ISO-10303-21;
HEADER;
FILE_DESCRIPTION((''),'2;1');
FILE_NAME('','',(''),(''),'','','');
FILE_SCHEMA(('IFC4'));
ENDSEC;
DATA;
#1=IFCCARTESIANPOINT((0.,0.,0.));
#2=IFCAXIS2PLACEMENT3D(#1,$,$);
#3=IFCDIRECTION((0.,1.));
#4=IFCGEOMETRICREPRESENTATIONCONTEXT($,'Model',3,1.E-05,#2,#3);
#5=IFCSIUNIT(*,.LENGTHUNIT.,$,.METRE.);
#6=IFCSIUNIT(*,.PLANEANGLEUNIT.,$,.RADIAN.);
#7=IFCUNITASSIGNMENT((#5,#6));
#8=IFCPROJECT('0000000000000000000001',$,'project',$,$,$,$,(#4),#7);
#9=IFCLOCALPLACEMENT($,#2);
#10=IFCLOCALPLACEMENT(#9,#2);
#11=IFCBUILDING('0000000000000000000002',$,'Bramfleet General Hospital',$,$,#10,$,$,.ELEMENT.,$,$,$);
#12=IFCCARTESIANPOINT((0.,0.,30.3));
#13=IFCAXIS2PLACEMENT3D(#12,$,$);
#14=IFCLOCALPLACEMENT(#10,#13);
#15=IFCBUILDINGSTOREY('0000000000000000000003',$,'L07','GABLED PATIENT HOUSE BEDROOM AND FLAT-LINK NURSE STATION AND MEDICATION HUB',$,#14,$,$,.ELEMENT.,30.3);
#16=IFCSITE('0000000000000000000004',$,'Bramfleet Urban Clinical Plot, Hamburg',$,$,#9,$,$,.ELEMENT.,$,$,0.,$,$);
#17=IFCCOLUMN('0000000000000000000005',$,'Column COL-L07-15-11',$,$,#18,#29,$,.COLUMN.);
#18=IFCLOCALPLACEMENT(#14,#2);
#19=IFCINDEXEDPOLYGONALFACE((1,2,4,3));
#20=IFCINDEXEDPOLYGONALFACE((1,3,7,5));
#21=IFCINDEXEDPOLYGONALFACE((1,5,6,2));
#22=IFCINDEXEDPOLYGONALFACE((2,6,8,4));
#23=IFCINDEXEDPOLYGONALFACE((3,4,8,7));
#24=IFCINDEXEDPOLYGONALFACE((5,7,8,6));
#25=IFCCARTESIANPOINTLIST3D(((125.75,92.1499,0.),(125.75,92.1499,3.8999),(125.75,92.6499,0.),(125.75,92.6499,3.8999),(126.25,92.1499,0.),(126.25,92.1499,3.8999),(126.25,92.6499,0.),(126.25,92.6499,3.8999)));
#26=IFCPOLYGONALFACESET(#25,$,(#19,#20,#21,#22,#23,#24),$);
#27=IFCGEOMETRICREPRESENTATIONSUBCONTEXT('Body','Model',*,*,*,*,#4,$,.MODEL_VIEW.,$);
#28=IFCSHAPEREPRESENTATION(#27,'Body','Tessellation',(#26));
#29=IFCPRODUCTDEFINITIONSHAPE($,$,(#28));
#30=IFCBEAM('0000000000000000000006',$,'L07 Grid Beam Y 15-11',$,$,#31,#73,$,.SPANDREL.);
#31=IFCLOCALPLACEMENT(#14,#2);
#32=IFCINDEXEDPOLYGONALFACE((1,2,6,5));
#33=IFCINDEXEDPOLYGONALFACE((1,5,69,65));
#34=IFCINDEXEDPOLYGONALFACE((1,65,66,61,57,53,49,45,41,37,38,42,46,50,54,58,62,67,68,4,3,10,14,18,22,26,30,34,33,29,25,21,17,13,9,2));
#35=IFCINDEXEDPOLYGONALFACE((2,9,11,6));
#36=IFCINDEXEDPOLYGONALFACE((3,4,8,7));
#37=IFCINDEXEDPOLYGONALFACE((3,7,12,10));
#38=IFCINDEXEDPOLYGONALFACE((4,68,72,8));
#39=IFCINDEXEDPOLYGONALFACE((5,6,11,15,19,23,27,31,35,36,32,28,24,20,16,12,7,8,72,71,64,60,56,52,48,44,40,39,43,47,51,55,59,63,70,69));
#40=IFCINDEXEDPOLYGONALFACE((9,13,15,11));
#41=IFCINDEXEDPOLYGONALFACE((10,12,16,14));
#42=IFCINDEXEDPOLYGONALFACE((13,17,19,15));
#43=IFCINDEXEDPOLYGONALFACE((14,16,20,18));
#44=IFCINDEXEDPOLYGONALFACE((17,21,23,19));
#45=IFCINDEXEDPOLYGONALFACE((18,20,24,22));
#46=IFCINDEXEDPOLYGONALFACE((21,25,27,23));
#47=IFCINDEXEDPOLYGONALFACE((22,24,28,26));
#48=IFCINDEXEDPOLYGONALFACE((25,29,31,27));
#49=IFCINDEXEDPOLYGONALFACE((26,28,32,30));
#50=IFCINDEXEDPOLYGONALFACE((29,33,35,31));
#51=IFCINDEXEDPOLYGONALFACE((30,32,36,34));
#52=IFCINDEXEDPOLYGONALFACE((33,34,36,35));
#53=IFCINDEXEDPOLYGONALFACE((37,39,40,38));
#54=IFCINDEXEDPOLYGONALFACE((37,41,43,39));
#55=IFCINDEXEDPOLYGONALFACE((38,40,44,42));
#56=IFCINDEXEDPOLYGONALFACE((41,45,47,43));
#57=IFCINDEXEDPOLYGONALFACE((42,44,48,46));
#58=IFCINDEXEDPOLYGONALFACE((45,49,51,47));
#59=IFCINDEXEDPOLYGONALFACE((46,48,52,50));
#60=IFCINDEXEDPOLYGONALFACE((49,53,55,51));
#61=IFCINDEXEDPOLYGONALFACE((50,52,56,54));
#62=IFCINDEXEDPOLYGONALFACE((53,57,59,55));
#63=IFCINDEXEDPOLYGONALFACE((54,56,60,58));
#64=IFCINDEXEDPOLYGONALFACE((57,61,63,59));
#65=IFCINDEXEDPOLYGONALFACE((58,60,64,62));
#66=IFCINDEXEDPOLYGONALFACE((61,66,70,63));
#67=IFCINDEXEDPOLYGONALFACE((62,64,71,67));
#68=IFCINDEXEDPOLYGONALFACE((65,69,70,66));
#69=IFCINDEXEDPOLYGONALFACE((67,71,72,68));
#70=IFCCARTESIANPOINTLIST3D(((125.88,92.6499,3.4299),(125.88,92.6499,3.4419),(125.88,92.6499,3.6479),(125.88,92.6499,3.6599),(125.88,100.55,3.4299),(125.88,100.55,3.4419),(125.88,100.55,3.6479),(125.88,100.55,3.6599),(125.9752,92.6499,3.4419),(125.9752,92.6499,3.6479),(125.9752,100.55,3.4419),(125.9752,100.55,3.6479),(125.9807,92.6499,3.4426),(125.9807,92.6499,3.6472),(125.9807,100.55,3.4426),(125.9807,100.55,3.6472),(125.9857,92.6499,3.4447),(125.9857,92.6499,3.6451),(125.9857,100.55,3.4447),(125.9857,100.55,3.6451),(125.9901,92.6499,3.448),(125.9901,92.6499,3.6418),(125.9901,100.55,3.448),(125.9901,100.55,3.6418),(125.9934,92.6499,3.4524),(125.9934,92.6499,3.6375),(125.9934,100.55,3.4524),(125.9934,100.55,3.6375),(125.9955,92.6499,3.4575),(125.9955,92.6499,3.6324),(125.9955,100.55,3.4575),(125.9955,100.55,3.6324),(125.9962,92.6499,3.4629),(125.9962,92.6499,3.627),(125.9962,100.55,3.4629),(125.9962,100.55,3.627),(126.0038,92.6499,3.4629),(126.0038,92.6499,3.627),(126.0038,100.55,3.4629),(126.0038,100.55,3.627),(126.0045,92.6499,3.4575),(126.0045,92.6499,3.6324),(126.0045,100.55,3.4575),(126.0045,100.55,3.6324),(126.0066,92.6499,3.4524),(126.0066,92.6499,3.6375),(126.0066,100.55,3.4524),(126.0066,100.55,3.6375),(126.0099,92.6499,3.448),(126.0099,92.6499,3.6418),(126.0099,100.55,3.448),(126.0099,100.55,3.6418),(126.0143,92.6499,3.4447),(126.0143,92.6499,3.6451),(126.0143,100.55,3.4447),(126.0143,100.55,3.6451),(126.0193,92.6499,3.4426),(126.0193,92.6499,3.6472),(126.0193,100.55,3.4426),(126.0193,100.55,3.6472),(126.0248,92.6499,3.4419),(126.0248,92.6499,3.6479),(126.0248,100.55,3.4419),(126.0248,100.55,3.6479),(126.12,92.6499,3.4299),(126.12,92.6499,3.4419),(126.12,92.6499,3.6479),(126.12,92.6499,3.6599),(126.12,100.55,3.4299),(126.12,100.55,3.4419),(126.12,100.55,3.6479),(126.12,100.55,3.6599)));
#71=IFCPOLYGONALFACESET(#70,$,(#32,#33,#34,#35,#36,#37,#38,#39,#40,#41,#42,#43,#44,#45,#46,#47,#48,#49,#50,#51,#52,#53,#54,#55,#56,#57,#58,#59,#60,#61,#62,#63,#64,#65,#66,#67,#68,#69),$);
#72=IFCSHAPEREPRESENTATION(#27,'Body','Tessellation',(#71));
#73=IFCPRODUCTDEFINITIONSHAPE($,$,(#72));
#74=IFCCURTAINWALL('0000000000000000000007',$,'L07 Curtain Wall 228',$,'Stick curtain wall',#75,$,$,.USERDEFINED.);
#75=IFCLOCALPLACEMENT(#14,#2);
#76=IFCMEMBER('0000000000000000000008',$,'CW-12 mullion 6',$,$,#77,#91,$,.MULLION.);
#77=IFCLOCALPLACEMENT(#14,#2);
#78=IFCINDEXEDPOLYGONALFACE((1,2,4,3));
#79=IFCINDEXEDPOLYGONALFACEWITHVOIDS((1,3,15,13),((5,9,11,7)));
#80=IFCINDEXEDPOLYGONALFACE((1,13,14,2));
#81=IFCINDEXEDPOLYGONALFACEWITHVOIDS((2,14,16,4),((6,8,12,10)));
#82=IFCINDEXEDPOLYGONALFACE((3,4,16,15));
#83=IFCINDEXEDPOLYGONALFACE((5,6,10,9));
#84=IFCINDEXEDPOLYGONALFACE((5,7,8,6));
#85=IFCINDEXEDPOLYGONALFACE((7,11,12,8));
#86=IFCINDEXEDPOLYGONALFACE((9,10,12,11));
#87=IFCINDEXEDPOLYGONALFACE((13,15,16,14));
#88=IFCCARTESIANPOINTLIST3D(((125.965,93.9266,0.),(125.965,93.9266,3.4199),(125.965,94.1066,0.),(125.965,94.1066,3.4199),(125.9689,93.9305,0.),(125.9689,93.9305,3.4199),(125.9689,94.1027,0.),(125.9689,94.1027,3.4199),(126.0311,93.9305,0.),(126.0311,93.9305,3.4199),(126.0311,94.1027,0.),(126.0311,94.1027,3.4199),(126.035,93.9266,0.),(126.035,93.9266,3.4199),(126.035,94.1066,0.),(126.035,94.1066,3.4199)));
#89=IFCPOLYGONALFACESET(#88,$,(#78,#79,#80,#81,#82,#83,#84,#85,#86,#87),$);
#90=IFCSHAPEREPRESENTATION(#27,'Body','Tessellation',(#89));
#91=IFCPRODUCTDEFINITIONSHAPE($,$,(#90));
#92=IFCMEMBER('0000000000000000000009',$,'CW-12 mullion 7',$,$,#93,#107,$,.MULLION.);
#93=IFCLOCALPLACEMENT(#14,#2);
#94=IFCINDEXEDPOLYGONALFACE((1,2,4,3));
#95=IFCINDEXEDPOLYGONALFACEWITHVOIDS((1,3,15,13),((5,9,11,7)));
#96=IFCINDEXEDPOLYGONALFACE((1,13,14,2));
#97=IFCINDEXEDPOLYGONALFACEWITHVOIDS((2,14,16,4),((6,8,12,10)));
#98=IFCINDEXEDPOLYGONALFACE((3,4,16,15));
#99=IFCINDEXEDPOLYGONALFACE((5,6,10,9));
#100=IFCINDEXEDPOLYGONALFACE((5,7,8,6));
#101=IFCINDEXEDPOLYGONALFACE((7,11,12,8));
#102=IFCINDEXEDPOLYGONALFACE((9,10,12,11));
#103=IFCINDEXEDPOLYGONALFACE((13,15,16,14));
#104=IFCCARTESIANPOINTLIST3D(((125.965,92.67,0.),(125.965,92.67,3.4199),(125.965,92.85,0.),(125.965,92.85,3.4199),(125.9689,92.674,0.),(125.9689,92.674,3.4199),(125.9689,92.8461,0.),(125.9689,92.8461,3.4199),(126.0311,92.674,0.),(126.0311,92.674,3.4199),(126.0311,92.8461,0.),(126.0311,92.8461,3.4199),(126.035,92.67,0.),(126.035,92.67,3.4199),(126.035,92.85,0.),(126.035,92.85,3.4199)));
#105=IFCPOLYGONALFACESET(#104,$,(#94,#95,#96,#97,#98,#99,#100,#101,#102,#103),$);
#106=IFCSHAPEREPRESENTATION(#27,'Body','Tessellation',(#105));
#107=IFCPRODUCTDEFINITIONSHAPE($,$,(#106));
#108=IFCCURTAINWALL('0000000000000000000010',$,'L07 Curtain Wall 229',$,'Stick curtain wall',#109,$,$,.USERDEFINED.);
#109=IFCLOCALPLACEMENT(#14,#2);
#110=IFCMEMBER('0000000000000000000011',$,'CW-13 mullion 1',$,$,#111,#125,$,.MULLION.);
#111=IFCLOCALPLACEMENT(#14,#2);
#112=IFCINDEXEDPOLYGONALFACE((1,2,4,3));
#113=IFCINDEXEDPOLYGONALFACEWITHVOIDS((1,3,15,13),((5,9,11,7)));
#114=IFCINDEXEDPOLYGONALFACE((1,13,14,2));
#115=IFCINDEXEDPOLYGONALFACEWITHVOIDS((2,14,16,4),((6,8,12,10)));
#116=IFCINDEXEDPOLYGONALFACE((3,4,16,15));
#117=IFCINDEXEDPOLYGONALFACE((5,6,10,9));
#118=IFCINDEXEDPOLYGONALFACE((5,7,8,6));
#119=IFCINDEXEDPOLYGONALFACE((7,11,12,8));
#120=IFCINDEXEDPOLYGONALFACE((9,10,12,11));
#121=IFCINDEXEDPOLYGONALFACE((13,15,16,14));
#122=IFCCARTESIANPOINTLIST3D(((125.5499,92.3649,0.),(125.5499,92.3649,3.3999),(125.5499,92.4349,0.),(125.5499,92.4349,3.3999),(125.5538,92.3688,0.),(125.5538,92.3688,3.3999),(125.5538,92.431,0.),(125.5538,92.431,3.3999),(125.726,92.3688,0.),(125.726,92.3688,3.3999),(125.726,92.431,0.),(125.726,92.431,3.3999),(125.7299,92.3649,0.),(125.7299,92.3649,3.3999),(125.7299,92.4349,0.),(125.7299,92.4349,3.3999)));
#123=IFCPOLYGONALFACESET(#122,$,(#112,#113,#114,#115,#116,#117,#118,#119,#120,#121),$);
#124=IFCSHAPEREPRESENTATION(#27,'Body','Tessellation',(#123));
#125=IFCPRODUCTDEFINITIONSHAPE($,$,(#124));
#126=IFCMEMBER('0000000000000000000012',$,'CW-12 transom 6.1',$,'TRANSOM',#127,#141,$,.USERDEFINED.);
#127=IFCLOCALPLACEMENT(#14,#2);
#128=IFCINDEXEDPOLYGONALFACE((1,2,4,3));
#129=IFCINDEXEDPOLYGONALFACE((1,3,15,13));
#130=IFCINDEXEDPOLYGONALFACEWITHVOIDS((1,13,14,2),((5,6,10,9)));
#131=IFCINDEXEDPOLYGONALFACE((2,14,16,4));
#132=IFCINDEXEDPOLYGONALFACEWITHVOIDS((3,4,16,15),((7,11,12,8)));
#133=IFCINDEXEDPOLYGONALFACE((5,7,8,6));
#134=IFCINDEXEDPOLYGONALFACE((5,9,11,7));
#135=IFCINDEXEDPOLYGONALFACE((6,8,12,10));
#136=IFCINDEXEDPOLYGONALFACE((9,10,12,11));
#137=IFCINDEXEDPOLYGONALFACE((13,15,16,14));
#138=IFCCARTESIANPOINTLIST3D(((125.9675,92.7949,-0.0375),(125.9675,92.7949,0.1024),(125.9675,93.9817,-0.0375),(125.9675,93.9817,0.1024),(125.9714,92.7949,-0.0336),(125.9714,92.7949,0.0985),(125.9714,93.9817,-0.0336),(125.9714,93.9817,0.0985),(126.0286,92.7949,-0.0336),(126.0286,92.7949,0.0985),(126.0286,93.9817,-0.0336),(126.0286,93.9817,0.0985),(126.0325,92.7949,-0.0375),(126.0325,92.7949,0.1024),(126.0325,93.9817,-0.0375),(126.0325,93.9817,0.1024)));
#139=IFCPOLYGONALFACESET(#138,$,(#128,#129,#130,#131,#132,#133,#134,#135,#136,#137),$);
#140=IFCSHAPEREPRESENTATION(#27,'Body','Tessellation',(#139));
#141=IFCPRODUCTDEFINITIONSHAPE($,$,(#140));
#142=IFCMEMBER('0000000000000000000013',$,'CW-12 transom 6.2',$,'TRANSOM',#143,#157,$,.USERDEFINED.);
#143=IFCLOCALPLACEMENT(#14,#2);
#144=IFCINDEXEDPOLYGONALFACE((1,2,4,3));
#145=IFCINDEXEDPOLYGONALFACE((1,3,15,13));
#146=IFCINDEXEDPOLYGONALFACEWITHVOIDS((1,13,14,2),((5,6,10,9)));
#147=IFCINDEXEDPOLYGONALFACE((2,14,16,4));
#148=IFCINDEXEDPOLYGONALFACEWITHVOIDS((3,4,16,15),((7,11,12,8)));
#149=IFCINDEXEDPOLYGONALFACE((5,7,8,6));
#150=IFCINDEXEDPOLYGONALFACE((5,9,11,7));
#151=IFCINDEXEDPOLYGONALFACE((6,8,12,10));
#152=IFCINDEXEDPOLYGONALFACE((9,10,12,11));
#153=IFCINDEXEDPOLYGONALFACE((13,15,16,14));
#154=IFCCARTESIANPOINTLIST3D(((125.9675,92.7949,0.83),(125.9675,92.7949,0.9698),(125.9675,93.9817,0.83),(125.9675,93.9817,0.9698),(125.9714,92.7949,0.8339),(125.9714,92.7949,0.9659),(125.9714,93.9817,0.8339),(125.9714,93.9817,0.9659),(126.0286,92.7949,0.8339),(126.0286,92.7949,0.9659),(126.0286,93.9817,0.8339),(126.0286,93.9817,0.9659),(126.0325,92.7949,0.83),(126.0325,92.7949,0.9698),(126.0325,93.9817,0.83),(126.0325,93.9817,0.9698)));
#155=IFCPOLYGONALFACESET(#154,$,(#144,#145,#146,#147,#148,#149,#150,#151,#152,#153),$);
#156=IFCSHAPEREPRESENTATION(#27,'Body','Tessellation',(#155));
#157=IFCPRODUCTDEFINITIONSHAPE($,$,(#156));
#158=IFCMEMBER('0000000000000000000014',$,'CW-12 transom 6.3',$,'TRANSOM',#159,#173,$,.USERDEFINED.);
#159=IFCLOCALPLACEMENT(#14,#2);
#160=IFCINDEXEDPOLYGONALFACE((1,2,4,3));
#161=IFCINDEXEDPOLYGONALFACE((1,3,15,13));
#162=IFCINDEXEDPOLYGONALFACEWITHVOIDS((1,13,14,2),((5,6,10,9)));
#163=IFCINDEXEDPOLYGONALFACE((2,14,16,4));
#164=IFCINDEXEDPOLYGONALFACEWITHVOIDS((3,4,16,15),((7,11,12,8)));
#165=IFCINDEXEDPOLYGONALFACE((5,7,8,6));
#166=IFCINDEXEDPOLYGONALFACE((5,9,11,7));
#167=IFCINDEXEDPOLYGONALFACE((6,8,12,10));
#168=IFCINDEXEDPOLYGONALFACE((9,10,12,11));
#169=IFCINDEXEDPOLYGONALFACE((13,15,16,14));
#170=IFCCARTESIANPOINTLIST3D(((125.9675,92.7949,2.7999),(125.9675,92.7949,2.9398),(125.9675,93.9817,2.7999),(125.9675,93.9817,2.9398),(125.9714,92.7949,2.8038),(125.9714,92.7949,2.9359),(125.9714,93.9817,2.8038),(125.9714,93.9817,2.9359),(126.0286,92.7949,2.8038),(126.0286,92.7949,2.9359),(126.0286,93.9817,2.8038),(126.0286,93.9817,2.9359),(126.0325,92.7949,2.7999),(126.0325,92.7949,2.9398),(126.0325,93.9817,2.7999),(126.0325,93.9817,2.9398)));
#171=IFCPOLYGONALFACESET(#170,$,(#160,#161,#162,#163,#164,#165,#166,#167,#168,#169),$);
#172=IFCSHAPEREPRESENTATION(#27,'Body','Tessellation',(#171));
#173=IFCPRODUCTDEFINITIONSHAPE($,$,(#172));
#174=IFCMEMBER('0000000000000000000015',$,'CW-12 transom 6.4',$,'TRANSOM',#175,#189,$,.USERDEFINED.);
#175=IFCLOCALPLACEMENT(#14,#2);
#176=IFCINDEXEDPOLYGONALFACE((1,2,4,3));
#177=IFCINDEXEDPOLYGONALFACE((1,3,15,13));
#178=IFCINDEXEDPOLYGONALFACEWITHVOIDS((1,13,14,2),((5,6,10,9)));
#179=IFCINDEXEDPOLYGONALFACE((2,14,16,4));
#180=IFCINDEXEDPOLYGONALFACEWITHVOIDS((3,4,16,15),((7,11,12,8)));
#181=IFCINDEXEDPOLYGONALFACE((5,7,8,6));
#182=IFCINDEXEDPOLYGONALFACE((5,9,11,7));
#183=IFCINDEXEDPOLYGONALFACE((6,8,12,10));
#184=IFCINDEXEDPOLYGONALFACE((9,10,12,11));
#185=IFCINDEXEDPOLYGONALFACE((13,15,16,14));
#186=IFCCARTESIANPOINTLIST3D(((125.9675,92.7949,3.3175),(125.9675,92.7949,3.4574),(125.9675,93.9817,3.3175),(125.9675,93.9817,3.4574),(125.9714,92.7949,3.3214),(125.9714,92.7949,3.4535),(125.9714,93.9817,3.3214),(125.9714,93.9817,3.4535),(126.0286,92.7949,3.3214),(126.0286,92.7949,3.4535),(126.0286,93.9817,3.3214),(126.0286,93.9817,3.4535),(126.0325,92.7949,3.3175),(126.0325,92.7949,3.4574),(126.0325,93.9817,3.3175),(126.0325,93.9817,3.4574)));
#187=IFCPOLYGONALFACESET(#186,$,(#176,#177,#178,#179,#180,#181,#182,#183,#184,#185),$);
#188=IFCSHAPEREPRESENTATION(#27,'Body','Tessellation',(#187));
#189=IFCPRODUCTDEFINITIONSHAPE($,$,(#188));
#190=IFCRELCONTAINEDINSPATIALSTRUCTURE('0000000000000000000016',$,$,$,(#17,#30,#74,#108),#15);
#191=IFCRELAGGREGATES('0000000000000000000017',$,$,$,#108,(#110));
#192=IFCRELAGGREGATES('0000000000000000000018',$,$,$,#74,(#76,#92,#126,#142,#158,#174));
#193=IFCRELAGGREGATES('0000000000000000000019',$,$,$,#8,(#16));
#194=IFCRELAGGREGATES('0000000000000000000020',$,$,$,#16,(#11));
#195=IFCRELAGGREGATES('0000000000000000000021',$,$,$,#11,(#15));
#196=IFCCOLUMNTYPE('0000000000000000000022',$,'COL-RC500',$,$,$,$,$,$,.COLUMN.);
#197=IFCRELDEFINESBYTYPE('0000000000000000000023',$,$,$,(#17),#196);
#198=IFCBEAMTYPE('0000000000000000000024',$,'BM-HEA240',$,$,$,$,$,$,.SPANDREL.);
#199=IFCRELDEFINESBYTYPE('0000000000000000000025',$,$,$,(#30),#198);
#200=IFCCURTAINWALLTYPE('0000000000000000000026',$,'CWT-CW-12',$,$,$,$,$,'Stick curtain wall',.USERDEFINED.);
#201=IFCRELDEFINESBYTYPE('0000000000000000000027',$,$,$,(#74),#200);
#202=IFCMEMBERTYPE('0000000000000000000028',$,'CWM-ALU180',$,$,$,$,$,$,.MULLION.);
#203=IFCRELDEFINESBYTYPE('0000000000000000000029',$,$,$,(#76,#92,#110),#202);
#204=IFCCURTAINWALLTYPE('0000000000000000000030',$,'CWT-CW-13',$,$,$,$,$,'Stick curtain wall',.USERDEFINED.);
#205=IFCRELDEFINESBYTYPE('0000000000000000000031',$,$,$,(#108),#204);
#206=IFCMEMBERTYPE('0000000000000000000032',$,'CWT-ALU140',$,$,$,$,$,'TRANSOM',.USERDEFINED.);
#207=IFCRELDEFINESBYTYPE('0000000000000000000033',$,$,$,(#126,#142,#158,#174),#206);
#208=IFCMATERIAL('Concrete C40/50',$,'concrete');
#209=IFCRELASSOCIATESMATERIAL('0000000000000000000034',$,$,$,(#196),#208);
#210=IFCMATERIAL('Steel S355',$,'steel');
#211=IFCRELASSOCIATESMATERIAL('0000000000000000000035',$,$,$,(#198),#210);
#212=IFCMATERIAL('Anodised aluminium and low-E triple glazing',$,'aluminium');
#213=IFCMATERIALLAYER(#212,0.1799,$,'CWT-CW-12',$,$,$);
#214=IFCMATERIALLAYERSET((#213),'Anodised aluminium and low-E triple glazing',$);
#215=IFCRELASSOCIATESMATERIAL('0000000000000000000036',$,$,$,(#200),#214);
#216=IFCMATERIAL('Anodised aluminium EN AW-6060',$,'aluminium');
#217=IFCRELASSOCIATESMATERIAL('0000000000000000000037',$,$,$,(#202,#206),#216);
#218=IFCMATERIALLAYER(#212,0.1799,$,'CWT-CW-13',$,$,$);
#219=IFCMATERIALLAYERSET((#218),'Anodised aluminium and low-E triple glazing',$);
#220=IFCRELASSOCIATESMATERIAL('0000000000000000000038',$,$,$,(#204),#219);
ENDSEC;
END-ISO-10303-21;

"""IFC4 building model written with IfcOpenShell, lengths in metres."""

from ifc_helpers import new_model, si_unit, direction, frame, origin, origin_2d, place, context, subcontext, project, spatial, rectangle, hollow_rectangle, i_section, extrude, material, layer, layer_set, material_profile, profile_set, type_object, element, aggregate, save


model = new_model("IFC4")

# Units and contexts
model_context = context("Model", 3, precision=1e-05, world=origin(), true_north=direction((0.0, 1.0)))
body_context = subcontext(model_context, "Body", "Model", "MODEL_VIEW")
ifc_project = project(units=[si_unit("LENGTHUNIT", "METRE"), si_unit("PLANEANGLEUNIT", "RADIAN")], contexts=[model_context])

# Site, building, storey
site_placement = place(None, origin())
site = spatial("IfcSite", under=ifc_project, at=site_placement, Name="Bramfleet Urban Clinical Plot, Hamburg", CompositionType="ELEMENT", RefElevation=0.0)
building_placement = place(site_placement, origin())
building = spatial("IfcBuilding", under=site, at=building_placement, Name="Bramfleet General Hospital", CompositionType="ELEMENT")
storey_placement = place(building_placement, frame((0.0, 0.0, 30.3)))
storey = spatial("IfcBuildingStorey", under=building, at=storey_placement, Name="L07", Description="GABLED PATIENT HOUSE BEDROOM AND FLAT-LINK NURSE STATION AND MEDICATION HUB", CompositionType="ELEMENT", Elevation=30.3)

# Column
ifc_material_1 = material(Name="Concrete C40/50", Category="concrete")
ifc_material_profile_1 = material_profile(ifc_material_1, rectangle(XDim=0.5, YDim=0.5, at=origin_2d()), Name="RC COL 500x500")
ifc_profile_set_1 = profile_set([ifc_material_profile_1], Name="Concrete C40/50")
column_type = type_object("IfcColumnType", Name="COL-RC500", PredefinedType="COLUMN", material=ifc_profile_set_1)
column_placement = place(storey_placement, frame((126.0, 92.3999, 0.0), z_axis=(0.0, 0.0, 1.0), x_axis=(1.0, 0.0, 0.0)))
element("IfcColumn", 1, at=column_placement, inside=storey, type_object=column_type, Name="Column COL-L07-15-11", PredefinedType="COLUMN", context=body_context, shape_type="SweptSolid", body=[
    extrude(rectangle(XDim=0.5, YDim=0.5, at=origin_2d()), origin(), (0.0, 0.0, 1.0), 3.8999),
])

# Beam
ifc_material_2 = material(Name="Steel S355", Category="steel")
ifc_material_profile_2 = material_profile(ifc_material_2, i_section(OverallWidth=0.24, OverallDepth=0.23, WebThickness=0.0076, FlangeThickness=0.012, FilletRadius=0.021, at=origin_2d()), Name="HEA 240")
ifc_profile_set_2 = profile_set([ifc_material_profile_2], Name="Steel S355")
beam_type = type_object("IfcBeamType", Name="BM-HEA240", PredefinedType="SPANDREL", material=ifc_profile_set_2)
beam_placement = place(storey_placement, frame((126.0, 92.6499, 3.5449), z_axis=(0.0, 1.0, 0.0), x_axis=(-1.0, 0.0, 0.0)))
element("IfcBeam", 2, at=beam_placement, inside=storey, type_object=beam_type, Name="L07 Grid Beam Y 15-11", PredefinedType="SPANDREL", context=body_context, shape_type="SweptSolid", body=[
    extrude(i_section(OverallWidth=0.24, OverallDepth=0.23, WebThickness=0.0076, FlangeThickness=0.012, FilletRadius=0.021, at=origin_2d()), origin(), (0.0, 0.0, 1.0), 7.9001),
])

# Curtain wall, members
ifc_material_3 = material(Name="Anodised aluminium and low-E triple glazing", Category="aluminium")
ifc_layer_1 = layer(ifc_material_3, 0.1799, Name="CWT-CW-12")
ifc_layer_set_1 = layer_set([ifc_layer_1], Name="Anodised aluminium and low-E triple glazing")
curtain_wall_type_1 = type_object("IfcCurtainWallType", Name="CWT-CW-12", ElementType="Stick curtain wall", PredefinedType="USERDEFINED", material=ifc_layer_set_1)
curtain_wall_1_placement = place(storey_placement, origin())
curtain_wall_1 = element("IfcCurtainWall", 3, at=curtain_wall_1_placement, inside=storey, type_object=curtain_wall_type_1, Name="L07 Curtain Wall 228", ObjectType="Stick curtain wall", PredefinedType="USERDEFINED")
ifc_material_4 = material(Name="Anodised aluminium EN AW-6060", Category="aluminium")
ifc_material_profile_3 = material_profile(ifc_material_4, hollow_rectangle(XDim=0.0701, YDim=0.1799, WallThickness=0.0039, at=origin_2d()), Name="ALU 180x70x4.0")
ifc_profile_set_3 = profile_set([ifc_material_profile_3], Name="Anodised aluminium EN AW-6060")
member_type_1 = type_object("IfcMemberType", Name="CWM-ALU180", PredefinedType="MULLION", material=ifc_profile_set_3)
member_1_placement = place(storey_placement, frame((126.0, 94.0166, 0.0), z_axis=(0.0, 0.0, 1.0), x_axis=(1.0, 0.0, 0.0)))
member_1 = element("IfcMember", 4, at=member_1_placement, type_object=member_type_1, Name="CW-12 mullion 6", PredefinedType="MULLION", context=body_context, shape_type="SweptSolid", body=[
    extrude(hollow_rectangle(XDim=0.0701, YDim=0.1799, WallThickness=0.0039, at=origin_2d()), origin(), (0.0, 0.0, 1.0), 3.4199),
])
member_2_placement = place(storey_placement, frame((126.0, 92.76, 0.0), z_axis=(0.0, 0.0, 1.0), x_axis=(1.0, 0.0, 0.0)))
member_2 = element("IfcMember", 5, at=member_2_placement, type_object=member_type_1, Name="CW-12 mullion 7", PredefinedType="MULLION", context=body_context, shape_type="SweptSolid", body=[
    extrude(hollow_rectangle(XDim=0.0701, YDim=0.1799, WallThickness=0.0039, at=origin_2d()), origin(), (0.0, 0.0, 1.0), 3.4199),
])

# Curtain wall, member
ifc_layer_2 = layer(ifc_material_3, 0.1799, Name="CWT-CW-13")
ifc_layer_set_2 = layer_set([ifc_layer_2], Name="Anodised aluminium and low-E triple glazing")
curtain_wall_type_2 = type_object("IfcCurtainWallType", Name="CWT-CW-13", ElementType="Stick curtain wall", PredefinedType="USERDEFINED", material=ifc_layer_set_2)
curtain_wall_2_placement = place(storey_placement, origin())
curtain_wall_2 = element("IfcCurtainWall", 6, at=curtain_wall_2_placement, inside=storey, type_object=curtain_wall_type_2, Name="L07 Curtain Wall 229", ObjectType="Stick curtain wall", PredefinedType="USERDEFINED")
member_3_placement = place(storey_placement, frame((125.6399, 92.3999, 0.0), z_axis=(0.0, 0.0, 1.0), x_axis=(0.0, -1.0, 0.0)))
member_3 = element("IfcMember", 7, at=member_3_placement, type_object=member_type_1, Name="CW-13 mullion 1", PredefinedType="MULLION", context=body_context, shape_type="SweptSolid", body=[
    extrude(hollow_rectangle(XDim=0.0701, YDim=0.1799, WallThickness=0.0039, at=origin_2d()), origin(), (0.0, 0.0, 1.0), 3.3999),
])

# Members
ifc_material_profile_4 = material_profile(ifc_material_4, hollow_rectangle(XDim=0.0649, YDim=0.1399, WallThickness=0.0039, at=origin_2d()), Name="ALU 140x65x4.0")
ifc_profile_set_4 = profile_set([ifc_material_profile_4], Name="Anodised aluminium EN AW-6060")
member_type_2 = type_object("IfcMemberType", Name="CWT-ALU140", ElementType="TRANSOM", PredefinedType="USERDEFINED", material=ifc_profile_set_4)
member_4_placement = place(storey_placement, frame((126.0, 93.9817, 0.0325), z_axis=(0.0, -1.0, 0.0), x_axis=(1.0, 0.0, 0.0)))
member_4 = element("IfcMember", 8, at=member_4_placement, type_object=member_type_2, Name="CW-12 transom 6.1", ObjectType="TRANSOM", PredefinedType="USERDEFINED", context=body_context, shape_type="SweptSolid", body=[
    extrude(hollow_rectangle(XDim=0.0649, YDim=0.1399, WallThickness=0.0039, at=origin_2d()), origin(), (0.0, 0.0, 1.0), 1.1868),
])
member_5_placement = place(storey_placement, frame((126.0, 93.9817, 0.8999), z_axis=(0.0, -1.0, 0.0), x_axis=(1.0, 0.0, 0.0)))
member_5 = element("IfcMember", 9, at=member_5_placement, type_object=member_type_2, Name="CW-12 transom 6.2", ObjectType="TRANSOM", PredefinedType="USERDEFINED", context=body_context, shape_type="SweptSolid", body=[
    extrude(hollow_rectangle(XDim=0.0649, YDim=0.1399, WallThickness=0.0039, at=origin_2d()), origin(), (0.0, 0.0, 1.0), 1.1868),
])
member_6_placement = place(storey_placement, frame((126.0, 93.9817, 2.8699), z_axis=(0.0, -1.0, 0.0), x_axis=(1.0, 0.0, 0.0)))
member_6 = element("IfcMember", 10, at=member_6_placement, type_object=member_type_2, Name="CW-12 transom 6.3", ObjectType="TRANSOM", PredefinedType="USERDEFINED", context=body_context, shape_type="SweptSolid", body=[
    extrude(hollow_rectangle(XDim=0.0649, YDim=0.1399, WallThickness=0.0039, at=origin_2d()), origin(), (0.0, 0.0, 1.0), 1.1868),
])
member_7_placement = place(storey_placement, frame((126.0, 93.9817, 3.3875), z_axis=(0.0, -1.0, 0.0), x_axis=(1.0, 0.0, 0.0)))
member_7 = element("IfcMember", 11, at=member_7_placement, type_object=member_type_2, Name="CW-12 transom 6.4", ObjectType="TRANSOM", PredefinedType="USERDEFINED", context=body_context, shape_type="SweptSolid", body=[
    extrude(hollow_rectangle(XDim=0.0649, YDim=0.1399, WallThickness=0.0039, at=origin_2d()), origin(), (0.0, 0.0, 1.0), 1.1868),
])
aggregate(curtain_wall_2, [member_3])

aggregate(curtain_wall_1, [member_1, member_2, member_4, member_5, member_6, member_7])

save(model, "model.ifc")
